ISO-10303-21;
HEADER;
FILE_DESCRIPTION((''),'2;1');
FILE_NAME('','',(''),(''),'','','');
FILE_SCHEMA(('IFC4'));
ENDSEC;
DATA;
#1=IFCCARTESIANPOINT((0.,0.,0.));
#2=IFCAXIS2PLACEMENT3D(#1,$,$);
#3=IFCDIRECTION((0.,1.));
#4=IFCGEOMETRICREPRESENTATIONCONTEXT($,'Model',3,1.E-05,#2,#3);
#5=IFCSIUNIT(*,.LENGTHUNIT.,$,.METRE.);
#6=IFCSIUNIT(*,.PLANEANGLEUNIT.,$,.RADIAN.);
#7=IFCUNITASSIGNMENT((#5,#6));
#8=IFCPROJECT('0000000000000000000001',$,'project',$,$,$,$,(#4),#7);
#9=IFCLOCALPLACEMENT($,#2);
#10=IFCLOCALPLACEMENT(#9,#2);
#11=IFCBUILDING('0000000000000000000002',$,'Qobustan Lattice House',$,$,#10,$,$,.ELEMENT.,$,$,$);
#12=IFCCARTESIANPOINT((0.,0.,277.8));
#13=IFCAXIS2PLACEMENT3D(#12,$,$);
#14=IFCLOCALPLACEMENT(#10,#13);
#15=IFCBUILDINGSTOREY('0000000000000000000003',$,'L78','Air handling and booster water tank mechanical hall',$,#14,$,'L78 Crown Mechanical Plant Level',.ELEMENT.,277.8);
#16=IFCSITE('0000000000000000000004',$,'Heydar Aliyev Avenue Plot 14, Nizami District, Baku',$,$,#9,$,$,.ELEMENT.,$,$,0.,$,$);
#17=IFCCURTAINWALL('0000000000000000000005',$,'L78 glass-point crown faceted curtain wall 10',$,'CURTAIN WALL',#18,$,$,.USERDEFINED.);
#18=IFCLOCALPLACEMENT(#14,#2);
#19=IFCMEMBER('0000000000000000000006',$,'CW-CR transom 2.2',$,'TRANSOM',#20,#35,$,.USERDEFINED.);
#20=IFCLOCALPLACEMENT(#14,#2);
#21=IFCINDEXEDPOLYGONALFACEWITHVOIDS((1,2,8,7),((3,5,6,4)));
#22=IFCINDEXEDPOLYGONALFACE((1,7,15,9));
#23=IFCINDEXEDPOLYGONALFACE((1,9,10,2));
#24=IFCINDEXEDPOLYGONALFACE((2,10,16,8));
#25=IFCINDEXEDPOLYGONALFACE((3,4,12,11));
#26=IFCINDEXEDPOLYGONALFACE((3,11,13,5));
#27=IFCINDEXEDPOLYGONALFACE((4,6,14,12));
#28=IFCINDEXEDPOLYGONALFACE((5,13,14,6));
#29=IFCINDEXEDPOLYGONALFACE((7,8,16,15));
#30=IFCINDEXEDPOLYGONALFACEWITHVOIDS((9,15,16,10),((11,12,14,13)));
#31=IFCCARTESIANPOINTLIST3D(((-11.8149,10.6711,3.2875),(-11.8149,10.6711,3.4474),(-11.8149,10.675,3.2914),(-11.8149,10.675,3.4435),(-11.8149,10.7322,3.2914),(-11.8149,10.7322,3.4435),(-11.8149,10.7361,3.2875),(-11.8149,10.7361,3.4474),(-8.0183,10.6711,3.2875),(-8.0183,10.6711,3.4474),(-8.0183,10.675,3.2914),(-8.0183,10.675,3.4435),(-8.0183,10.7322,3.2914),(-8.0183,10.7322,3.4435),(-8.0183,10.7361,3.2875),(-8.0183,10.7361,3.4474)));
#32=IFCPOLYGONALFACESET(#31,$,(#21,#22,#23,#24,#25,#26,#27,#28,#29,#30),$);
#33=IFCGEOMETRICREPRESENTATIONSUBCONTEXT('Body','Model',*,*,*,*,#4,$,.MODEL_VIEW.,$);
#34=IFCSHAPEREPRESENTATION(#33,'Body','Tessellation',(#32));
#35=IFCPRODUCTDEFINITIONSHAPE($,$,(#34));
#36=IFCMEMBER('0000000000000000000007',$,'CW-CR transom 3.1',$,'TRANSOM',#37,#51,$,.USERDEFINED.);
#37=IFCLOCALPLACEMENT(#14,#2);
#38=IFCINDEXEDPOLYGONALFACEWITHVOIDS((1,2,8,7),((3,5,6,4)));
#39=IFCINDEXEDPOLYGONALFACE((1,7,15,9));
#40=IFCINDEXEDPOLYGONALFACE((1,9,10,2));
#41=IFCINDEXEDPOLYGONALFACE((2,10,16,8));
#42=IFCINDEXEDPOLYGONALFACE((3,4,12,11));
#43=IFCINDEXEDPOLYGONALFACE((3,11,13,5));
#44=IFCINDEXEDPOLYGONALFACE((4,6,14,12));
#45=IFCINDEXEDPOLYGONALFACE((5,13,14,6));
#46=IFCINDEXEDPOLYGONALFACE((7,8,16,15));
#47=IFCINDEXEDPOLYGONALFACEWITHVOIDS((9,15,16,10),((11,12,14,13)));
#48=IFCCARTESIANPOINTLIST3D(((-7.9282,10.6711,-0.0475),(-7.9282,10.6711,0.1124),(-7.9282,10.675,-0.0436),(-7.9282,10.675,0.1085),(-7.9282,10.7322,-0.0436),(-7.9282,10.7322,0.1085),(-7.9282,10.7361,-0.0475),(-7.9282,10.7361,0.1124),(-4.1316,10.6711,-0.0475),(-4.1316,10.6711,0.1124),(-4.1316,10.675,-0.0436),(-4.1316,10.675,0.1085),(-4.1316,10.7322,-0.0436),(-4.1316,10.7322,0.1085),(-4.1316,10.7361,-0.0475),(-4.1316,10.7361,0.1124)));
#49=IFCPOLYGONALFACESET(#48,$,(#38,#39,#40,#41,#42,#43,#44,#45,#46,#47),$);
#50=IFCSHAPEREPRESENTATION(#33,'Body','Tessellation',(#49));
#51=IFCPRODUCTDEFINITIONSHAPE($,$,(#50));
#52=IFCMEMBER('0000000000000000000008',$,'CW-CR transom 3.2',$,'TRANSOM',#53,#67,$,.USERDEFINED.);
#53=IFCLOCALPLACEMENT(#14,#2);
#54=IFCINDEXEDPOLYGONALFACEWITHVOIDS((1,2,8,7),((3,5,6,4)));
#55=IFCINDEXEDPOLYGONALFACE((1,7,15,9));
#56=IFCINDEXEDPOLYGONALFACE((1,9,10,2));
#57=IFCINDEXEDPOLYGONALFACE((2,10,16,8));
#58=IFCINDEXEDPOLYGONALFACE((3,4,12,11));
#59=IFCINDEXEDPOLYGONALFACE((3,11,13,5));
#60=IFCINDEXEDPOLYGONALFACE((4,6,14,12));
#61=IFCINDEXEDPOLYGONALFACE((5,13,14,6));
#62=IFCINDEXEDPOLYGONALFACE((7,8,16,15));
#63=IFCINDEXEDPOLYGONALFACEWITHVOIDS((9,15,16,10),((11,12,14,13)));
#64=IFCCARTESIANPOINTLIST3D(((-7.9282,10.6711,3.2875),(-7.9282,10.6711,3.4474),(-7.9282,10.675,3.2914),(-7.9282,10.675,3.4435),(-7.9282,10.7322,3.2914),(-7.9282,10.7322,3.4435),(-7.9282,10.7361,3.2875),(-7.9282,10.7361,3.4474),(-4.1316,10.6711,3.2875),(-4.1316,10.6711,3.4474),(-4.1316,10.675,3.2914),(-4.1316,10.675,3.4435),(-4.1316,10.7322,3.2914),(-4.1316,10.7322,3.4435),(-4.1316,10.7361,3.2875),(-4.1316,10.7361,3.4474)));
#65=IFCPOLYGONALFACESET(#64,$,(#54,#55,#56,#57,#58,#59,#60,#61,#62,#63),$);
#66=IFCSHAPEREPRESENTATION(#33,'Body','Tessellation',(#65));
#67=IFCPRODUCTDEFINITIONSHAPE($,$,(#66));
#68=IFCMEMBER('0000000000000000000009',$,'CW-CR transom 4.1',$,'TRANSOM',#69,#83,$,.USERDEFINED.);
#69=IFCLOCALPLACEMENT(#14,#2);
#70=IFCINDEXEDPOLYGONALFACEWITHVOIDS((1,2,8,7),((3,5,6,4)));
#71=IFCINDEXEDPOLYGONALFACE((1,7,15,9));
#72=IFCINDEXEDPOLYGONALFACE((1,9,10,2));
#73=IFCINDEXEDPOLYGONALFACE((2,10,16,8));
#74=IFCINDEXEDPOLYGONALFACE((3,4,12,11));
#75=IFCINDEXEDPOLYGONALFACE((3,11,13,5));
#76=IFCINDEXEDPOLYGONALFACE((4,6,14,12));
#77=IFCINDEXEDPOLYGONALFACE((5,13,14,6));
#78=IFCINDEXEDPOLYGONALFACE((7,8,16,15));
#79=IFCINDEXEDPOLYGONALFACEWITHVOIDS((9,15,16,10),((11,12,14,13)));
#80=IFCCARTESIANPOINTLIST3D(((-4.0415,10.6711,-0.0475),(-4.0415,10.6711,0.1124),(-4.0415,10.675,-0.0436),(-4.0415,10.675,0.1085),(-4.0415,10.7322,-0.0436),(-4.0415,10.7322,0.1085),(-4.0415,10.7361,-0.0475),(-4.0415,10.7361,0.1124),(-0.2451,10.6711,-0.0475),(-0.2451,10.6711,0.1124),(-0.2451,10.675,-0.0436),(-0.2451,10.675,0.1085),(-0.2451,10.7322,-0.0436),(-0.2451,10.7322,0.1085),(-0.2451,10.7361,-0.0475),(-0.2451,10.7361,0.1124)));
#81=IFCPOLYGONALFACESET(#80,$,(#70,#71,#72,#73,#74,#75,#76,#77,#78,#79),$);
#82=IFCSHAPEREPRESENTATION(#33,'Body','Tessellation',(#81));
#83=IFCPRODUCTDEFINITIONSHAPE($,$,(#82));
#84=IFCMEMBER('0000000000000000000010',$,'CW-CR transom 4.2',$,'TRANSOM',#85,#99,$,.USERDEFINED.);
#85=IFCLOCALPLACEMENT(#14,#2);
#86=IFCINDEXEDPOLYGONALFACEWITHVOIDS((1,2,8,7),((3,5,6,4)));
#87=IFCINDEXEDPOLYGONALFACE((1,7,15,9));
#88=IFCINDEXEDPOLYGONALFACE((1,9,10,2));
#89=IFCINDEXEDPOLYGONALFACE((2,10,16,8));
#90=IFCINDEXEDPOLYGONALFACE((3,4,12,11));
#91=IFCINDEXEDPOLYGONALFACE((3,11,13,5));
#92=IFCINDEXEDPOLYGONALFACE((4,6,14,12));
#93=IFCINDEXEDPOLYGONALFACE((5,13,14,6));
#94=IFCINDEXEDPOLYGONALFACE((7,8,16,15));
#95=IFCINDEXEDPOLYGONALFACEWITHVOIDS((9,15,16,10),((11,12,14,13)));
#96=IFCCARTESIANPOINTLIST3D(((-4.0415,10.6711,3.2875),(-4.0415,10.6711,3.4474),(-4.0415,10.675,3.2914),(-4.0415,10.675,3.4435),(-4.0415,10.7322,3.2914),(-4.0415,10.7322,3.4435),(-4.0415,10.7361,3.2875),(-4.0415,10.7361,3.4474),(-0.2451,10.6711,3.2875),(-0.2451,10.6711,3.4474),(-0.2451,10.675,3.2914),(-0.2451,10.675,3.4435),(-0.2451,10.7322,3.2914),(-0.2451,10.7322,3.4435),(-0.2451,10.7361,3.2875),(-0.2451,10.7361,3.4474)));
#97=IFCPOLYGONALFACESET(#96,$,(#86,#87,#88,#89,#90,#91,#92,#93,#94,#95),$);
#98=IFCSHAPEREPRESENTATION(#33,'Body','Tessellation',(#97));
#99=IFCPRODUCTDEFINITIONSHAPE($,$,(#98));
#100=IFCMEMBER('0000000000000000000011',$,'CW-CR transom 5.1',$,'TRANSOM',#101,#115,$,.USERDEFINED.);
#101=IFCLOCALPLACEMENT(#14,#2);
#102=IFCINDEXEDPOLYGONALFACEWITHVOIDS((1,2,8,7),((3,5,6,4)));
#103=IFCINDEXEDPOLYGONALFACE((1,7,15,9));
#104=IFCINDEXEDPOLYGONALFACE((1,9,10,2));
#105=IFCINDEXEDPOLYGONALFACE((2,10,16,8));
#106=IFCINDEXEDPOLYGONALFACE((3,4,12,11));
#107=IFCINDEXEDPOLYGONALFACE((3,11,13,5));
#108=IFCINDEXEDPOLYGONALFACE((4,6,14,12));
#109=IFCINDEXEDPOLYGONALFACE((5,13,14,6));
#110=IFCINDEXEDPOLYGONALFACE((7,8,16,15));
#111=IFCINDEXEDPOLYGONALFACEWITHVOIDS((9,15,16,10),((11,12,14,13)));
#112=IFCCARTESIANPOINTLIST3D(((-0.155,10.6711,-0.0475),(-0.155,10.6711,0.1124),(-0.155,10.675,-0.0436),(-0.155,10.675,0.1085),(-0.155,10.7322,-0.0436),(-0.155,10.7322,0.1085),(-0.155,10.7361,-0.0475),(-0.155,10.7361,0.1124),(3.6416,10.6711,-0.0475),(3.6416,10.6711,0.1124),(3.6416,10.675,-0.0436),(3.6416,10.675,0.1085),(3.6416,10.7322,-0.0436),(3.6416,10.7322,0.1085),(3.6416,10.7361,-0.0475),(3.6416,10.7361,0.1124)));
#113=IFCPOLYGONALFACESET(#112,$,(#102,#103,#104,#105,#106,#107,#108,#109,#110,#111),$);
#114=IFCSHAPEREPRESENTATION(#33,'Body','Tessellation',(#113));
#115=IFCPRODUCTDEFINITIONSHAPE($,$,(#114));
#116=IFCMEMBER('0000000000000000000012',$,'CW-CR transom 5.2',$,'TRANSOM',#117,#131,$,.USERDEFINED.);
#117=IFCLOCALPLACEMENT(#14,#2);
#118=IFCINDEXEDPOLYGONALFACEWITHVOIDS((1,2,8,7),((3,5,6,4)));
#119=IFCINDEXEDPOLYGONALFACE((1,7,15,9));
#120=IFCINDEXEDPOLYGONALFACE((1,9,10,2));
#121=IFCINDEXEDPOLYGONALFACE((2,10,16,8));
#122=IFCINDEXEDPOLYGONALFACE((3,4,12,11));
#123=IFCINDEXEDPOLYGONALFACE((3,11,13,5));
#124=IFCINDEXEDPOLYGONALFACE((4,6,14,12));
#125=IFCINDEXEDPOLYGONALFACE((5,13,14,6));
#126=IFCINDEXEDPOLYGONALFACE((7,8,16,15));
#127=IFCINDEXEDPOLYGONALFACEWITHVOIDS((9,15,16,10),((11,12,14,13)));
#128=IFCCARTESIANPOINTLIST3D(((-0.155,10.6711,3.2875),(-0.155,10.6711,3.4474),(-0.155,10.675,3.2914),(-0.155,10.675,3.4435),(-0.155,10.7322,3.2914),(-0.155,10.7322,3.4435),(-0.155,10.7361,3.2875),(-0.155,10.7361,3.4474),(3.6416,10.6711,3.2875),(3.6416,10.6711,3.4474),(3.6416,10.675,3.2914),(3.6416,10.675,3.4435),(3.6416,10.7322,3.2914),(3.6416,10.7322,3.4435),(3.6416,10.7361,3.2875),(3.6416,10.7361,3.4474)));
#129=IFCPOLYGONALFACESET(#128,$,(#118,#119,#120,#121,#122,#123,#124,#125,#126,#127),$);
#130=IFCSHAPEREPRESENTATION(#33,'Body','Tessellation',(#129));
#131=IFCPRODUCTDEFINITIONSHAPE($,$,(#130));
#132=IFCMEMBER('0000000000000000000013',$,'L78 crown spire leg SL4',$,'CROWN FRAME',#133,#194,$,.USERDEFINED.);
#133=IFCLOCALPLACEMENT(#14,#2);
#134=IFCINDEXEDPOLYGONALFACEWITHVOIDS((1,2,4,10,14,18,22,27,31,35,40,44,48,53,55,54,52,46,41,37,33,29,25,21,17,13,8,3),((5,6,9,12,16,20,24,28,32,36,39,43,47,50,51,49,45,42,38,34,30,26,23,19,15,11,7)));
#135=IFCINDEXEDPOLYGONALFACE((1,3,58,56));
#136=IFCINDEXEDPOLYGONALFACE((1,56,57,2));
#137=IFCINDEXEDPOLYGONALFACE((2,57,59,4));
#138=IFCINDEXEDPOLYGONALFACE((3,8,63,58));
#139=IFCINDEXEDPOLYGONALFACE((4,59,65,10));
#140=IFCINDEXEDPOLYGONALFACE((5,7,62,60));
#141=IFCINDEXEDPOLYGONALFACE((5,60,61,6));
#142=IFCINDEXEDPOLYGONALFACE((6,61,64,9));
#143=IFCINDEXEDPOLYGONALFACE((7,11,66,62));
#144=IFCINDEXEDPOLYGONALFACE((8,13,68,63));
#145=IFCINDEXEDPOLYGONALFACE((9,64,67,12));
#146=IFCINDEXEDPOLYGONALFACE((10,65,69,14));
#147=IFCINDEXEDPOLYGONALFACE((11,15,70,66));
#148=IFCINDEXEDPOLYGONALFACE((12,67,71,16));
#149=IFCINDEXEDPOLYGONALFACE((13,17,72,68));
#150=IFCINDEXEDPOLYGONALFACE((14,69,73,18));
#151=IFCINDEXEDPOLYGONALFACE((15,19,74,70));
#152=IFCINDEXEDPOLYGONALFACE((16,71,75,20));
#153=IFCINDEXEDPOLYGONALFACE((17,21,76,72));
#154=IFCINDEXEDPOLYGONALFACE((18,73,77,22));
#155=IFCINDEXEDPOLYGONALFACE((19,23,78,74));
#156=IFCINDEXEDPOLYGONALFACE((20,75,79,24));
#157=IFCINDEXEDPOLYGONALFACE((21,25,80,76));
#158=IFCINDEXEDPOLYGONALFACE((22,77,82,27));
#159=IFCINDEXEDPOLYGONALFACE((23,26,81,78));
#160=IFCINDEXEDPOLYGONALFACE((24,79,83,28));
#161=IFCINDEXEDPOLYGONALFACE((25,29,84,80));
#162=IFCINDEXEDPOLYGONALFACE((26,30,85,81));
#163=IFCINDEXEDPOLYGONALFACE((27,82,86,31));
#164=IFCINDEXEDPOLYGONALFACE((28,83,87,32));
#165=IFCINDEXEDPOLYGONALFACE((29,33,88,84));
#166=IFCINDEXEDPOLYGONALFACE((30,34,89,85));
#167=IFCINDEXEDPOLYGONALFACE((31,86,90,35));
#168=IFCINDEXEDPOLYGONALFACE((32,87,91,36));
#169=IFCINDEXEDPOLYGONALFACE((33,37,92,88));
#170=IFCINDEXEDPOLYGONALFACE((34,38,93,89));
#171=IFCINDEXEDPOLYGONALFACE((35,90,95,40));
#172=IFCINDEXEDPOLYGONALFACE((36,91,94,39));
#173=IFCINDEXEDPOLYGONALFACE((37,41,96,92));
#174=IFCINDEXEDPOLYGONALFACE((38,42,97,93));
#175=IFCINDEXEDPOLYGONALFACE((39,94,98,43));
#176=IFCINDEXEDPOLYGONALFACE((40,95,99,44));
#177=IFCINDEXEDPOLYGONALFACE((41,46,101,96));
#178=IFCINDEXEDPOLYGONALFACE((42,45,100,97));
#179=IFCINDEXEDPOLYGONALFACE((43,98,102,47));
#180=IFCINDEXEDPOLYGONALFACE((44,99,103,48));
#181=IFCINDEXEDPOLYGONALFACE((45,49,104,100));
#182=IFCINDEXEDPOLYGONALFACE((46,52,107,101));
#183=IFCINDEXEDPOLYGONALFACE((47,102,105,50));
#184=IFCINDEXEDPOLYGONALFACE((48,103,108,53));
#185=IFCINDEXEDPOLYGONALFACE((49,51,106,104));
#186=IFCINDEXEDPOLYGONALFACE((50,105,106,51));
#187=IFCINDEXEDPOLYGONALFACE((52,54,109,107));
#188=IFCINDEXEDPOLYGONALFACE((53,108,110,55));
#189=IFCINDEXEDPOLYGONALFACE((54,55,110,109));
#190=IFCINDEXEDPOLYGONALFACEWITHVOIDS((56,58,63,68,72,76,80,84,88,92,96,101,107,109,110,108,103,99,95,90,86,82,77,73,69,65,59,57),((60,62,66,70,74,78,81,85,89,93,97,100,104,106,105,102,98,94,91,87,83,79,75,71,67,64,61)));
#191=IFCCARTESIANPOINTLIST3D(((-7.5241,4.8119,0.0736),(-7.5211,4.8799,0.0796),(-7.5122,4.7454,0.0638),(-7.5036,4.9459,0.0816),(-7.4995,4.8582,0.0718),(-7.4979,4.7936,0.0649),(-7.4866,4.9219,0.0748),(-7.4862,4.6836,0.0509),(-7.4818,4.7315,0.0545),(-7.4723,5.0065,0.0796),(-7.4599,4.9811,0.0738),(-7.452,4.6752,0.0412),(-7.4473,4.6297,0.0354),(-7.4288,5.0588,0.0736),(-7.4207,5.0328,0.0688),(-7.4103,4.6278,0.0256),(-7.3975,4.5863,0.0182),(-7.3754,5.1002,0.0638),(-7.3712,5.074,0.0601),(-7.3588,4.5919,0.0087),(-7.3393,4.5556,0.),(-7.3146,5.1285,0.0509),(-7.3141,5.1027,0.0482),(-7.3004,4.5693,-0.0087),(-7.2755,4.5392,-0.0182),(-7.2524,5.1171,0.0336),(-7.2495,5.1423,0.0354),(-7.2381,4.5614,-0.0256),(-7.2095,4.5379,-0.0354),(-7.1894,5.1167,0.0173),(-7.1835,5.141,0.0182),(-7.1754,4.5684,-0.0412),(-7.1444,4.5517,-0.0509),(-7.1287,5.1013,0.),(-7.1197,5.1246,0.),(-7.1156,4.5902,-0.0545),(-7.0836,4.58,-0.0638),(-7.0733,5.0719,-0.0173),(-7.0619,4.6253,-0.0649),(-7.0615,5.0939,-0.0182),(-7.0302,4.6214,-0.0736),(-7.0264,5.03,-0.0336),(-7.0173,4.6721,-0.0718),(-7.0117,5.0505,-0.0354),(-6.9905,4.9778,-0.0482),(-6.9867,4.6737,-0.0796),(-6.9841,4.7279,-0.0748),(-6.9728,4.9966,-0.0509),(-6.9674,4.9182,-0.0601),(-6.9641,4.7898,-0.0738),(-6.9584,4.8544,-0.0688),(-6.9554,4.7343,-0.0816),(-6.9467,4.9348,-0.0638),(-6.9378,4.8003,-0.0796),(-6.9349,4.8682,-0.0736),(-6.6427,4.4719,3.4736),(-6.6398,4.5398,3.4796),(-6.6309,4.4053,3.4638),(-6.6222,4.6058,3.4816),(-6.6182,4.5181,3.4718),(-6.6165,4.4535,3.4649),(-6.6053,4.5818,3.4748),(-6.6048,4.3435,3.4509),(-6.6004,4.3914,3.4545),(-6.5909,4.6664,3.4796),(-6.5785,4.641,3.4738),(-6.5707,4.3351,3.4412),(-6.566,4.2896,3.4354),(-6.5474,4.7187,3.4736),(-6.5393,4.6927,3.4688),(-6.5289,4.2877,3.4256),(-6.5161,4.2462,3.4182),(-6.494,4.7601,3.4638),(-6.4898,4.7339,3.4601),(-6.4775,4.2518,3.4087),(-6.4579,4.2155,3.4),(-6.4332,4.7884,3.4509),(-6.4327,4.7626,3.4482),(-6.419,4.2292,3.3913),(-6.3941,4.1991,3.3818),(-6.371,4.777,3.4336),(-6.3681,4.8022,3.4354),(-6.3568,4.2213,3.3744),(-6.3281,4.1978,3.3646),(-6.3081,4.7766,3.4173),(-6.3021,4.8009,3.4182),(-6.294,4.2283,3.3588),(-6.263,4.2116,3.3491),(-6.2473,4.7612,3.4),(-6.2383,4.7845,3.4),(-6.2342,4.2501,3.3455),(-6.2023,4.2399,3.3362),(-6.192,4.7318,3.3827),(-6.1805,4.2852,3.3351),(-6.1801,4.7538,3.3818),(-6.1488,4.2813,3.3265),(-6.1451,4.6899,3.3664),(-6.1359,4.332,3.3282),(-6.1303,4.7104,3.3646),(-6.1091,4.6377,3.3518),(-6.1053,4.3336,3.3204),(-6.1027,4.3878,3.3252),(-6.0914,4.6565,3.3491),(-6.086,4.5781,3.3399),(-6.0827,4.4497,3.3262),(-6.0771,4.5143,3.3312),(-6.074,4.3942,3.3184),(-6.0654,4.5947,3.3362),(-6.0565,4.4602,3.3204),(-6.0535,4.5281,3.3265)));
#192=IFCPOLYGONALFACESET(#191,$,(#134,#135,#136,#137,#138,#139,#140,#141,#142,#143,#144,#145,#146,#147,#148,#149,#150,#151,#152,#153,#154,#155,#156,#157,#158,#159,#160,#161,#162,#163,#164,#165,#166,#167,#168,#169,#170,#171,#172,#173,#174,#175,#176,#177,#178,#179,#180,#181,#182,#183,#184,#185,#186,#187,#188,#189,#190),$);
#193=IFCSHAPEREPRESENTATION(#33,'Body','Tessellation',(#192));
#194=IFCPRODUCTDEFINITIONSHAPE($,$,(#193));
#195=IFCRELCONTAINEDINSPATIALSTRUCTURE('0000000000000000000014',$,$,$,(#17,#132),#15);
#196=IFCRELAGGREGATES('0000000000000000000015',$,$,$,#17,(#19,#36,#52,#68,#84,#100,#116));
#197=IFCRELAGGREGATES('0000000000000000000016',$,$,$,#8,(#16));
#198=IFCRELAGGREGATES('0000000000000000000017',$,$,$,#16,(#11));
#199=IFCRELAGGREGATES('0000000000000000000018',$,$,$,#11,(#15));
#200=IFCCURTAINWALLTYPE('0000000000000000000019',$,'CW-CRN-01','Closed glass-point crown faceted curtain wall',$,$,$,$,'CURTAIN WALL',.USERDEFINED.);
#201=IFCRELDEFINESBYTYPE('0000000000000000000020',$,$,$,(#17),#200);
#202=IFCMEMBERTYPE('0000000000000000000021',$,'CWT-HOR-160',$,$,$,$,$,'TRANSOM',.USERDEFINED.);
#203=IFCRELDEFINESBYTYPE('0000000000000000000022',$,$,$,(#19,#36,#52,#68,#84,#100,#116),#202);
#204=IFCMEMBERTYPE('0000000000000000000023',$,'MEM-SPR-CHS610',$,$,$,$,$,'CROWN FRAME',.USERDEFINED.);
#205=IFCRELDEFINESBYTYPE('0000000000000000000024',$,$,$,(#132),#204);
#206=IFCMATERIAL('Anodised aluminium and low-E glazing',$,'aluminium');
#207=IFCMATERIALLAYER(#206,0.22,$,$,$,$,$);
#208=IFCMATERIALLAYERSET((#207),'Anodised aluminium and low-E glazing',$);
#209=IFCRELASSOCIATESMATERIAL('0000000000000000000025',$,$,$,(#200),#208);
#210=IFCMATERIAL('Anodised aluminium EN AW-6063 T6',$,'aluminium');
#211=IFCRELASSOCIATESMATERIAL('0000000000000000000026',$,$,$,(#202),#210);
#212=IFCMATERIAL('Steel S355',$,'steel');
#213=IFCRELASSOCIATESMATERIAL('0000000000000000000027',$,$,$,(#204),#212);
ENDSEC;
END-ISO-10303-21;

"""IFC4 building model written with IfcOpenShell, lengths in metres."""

from ifc_helpers import new_model, si_unit, direction, frame, origin, origin_2d, place, context, subcontext, project, spatial, hollow_rectangle, hollow_circle, extrude, material, layer, layer_set, material_profile, profile_set, type_object, element, aggregate, save


model = new_model("IFC4")

# Units and contexts
model_context = context("Model", 3, precision=1e-05, world=origin(), true_north=direction((0.0, 1.0)))
body_context = subcontext(model_context, "Body", "Model", "MODEL_VIEW")
ifc_project = project(units=[si_unit("LENGTHUNIT", "METRE"), si_unit("PLANEANGLEUNIT", "RADIAN")], contexts=[model_context])

# Site, building, storey
site_placement = place(None, origin())
site = spatial("IfcSite", under=ifc_project, at=site_placement, Name="Heydar Aliyev Avenue Plot 14, Nizami District, Baku", CompositionType="ELEMENT", RefElevation=0.0)
building_placement = place(site_placement, origin())
building = spatial("IfcBuilding", under=site, at=building_placement, Name="Qobustan Lattice House", CompositionType="ELEMENT")
storey_placement = place(building_placement, frame((0.0, 0.0, 277.8)))
storey = spatial("IfcBuildingStorey", under=building, at=storey_placement, Name="L78", Description="Air handling and booster water tank mechanical hall", LongName="L78 Crown Mechanical Plant Level", CompositionType="ELEMENT", Elevation=277.8)

# Curtain wall, members
ifc_material_1 = material(Name="Anodised aluminium and low-E glazing", Category="aluminium")
ifc_layer_1 = layer(ifc_material_1, 0.22)
ifc_layer_set_1 = layer_set([ifc_layer_1], Name="Anodised aluminium and low-E glazing")
curtain_wall_type = type_object("IfcCurtainWallType", Name="CW-CRN-01", Description="Closed glass-point crown faceted curtain wall", ElementType="CURTAIN WALL", PredefinedType="USERDEFINED", material=ifc_layer_set_1)
curtain_wall_placement = place(storey_placement, origin())
curtain_wall = element("IfcCurtainWall", 1, at=curtain_wall_placement, inside=storey, type_object=curtain_wall_type, Name="L78 glass-point crown faceted curtain wall 10", ObjectType="CURTAIN WALL", PredefinedType="USERDEFINED")
ifc_material_2 = material(Name="Anodised aluminium EN AW-6063 T6", Category="aluminium")
ifc_material_profile_1 = material_profile(ifc_material_2, hollow_rectangle(XDim=0.0649, YDim=0.1599, WallThickness=0.0039, at=origin_2d()), Name="CWT-160x65")
ifc_profile_set_1 = profile_set([ifc_material_profile_1], Name="Anodised aluminium EN AW-6063 T6")
member_type_1 = type_object("IfcMemberType", Name="CWT-HOR-160", ElementType="TRANSOM", PredefinedType="USERDEFINED", material=ifc_profile_set_1)
member_1_placement = place(storey_placement, frame((-11.8149, 10.7036, 3.3674), z_axis=(1.0, 0.0, 0.0), x_axis=(0.0, 1.0, 0.0)))
member_1 = element("IfcMember", 2, at=member_1_placement, type_object=member_type_1, Name="CW-CR transom 2.2", ObjectType="TRANSOM", PredefinedType="USERDEFINED", context=body_context, shape_type="SweptSolid", body=[
    extrude(hollow_rectangle(XDim=0.0649, YDim=0.1599, WallThickness=0.0039, at=origin_2d()), origin(), (0.0, 0.0, 1.0), 3.7966),
])
member_2_placement = place(storey_placement, frame((-7.9282, 10.7036, 0.0325), z_axis=(1.0, 0.0, 0.0), x_axis=(0.0, 1.0, 0.0)))
member_2 = element("IfcMember", 3, at=member_2_placement, type_object=member_type_1, Name="CW-CR transom 3.1", ObjectType="TRANSOM", PredefinedType="USERDEFINED", context=body_context, shape_type="SweptSolid", body=[
    extrude(hollow_rectangle(XDim=0.0649, YDim=0.1599, WallThickness=0.0039, at=origin_2d()), origin(), (0.0, 0.0, 1.0), 3.7966),
])
member_3_placement = place(storey_placement, frame((-7.9282, 10.7036, 3.3674), z_axis=(1.0, 0.0, 0.0), x_axis=(0.0, 1.0, 0.0)))
member_3 = element("IfcMember", 4, at=member_3_placement, type_object=member_type_1, Name="CW-CR transom 3.2", ObjectType="TRANSOM", PredefinedType="USERDEFINED", context=body_context, shape_type="SweptSolid", body=[
    extrude(hollow_rectangle(XDim=0.0649, YDim=0.1599, WallThickness=0.0039, at=origin_2d()), origin(), (0.0, 0.0, 1.0), 3.7966),
])
member_4_placement = place(storey_placement, frame((-4.0415, 10.7036, 0.0325), z_axis=(1.0, 0.0, 0.0), x_axis=(0.0, 1.0, 0.0)))
member_4 = element("IfcMember", 5, at=member_4_placement, type_object=member_type_1, Name="CW-CR transom 4.1", ObjectType="TRANSOM", PredefinedType="USERDEFINED", context=body_context, shape_type="SweptSolid", body=[
    extrude(hollow_rectangle(XDim=0.0649, YDim=0.1599, WallThickness=0.0039, at=origin_2d()), origin(), (0.0, 0.0, 1.0), 3.7964),
])
member_5_placement = place(storey_placement, frame((-4.0415, 10.7036, 3.3674), z_axis=(1.0, 0.0, 0.0), x_axis=(0.0, 1.0, 0.0)))
member_5 = element("IfcMember", 6, at=member_5_placement, type_object=member_type_1, Name="CW-CR transom 4.2", ObjectType="TRANSOM", PredefinedType="USERDEFINED", context=body_context, shape_type="SweptSolid", body=[
    extrude(hollow_rectangle(XDim=0.0649, YDim=0.1599, WallThickness=0.0039, at=origin_2d()), origin(), (0.0, 0.0, 1.0), 3.7964),
])
member_6_placement = place(storey_placement, frame((-0.155, 10.7036, 0.0325), z_axis=(1.0, 0.0, 0.0), x_axis=(0.0, 1.0, 0.0)))
member_6 = element("IfcMember", 7, at=member_6_placement, type_object=member_type_1, Name="CW-CR transom 5.1", ObjectType="TRANSOM", PredefinedType="USERDEFINED", context=body_context, shape_type="SweptSolid", body=[
    extrude(hollow_rectangle(XDim=0.0649, YDim=0.1599, WallThickness=0.0039, at=origin_2d()), origin(), (0.0, 0.0, 1.0), 3.7966),
])
member_7_placement = place(storey_placement, frame((-0.155, 10.7036, 3.3674), z_axis=(1.0, 0.0, 0.0), x_axis=(0.0, 1.0, 0.0)))
member_7 = element("IfcMember", 8, at=member_7_placement, type_object=member_type_1, Name="CW-CR transom 5.2", ObjectType="TRANSOM", PredefinedType="USERDEFINED", context=body_context, shape_type="SweptSolid", body=[
    extrude(hollow_rectangle(XDim=0.0649, YDim=0.1599, WallThickness=0.0039, at=origin_2d()), origin(), (0.0, 0.0, 1.0), 3.7966),
])

# Member
ifc_material_3 = material(Name="Steel S355", Category="steel")
ifc_material_profile_2 = material_profile(ifc_material_3, hollow_circle(Radius=0.3049, WallThickness=0.0249, at=origin_2d()), Name="CHS610x25")
ifc_profile_set_2 = profile_set([ifc_material_profile_2], Name="Steel S355")
member_type_2 = type_object("IfcMemberType", Name="MEM-SPR-CHS610", ElementType="CROWN FRAME", PredefinedType="USERDEFINED", material=ifc_profile_set_2)
member_8_placement = place(storey_placement, frame((-7.2295, 4.8401, 0.0), z_axis=(0.249765, -0.096377, 0.963498), x_axis=(0.360001, 0.932952, 0.0)))
element("IfcMember", 9, at=member_8_placement, inside=storey, type_object=member_type_2, Name="L78 crown spire leg SL4", ObjectType="CROWN FRAME", PredefinedType="USERDEFINED", context=body_context, shape_type="SweptSolid", body=[
    extrude(hollow_circle(Radius=0.3049, WallThickness=0.0249, at=origin_2d()), origin(), (0.0, 0.0, 1.0), 3.5288),
])

aggregate(curtain_wall, [member_1, member_2, member_3, member_4, member_5, member_6, member_7])

save(model, "model.ifc")
